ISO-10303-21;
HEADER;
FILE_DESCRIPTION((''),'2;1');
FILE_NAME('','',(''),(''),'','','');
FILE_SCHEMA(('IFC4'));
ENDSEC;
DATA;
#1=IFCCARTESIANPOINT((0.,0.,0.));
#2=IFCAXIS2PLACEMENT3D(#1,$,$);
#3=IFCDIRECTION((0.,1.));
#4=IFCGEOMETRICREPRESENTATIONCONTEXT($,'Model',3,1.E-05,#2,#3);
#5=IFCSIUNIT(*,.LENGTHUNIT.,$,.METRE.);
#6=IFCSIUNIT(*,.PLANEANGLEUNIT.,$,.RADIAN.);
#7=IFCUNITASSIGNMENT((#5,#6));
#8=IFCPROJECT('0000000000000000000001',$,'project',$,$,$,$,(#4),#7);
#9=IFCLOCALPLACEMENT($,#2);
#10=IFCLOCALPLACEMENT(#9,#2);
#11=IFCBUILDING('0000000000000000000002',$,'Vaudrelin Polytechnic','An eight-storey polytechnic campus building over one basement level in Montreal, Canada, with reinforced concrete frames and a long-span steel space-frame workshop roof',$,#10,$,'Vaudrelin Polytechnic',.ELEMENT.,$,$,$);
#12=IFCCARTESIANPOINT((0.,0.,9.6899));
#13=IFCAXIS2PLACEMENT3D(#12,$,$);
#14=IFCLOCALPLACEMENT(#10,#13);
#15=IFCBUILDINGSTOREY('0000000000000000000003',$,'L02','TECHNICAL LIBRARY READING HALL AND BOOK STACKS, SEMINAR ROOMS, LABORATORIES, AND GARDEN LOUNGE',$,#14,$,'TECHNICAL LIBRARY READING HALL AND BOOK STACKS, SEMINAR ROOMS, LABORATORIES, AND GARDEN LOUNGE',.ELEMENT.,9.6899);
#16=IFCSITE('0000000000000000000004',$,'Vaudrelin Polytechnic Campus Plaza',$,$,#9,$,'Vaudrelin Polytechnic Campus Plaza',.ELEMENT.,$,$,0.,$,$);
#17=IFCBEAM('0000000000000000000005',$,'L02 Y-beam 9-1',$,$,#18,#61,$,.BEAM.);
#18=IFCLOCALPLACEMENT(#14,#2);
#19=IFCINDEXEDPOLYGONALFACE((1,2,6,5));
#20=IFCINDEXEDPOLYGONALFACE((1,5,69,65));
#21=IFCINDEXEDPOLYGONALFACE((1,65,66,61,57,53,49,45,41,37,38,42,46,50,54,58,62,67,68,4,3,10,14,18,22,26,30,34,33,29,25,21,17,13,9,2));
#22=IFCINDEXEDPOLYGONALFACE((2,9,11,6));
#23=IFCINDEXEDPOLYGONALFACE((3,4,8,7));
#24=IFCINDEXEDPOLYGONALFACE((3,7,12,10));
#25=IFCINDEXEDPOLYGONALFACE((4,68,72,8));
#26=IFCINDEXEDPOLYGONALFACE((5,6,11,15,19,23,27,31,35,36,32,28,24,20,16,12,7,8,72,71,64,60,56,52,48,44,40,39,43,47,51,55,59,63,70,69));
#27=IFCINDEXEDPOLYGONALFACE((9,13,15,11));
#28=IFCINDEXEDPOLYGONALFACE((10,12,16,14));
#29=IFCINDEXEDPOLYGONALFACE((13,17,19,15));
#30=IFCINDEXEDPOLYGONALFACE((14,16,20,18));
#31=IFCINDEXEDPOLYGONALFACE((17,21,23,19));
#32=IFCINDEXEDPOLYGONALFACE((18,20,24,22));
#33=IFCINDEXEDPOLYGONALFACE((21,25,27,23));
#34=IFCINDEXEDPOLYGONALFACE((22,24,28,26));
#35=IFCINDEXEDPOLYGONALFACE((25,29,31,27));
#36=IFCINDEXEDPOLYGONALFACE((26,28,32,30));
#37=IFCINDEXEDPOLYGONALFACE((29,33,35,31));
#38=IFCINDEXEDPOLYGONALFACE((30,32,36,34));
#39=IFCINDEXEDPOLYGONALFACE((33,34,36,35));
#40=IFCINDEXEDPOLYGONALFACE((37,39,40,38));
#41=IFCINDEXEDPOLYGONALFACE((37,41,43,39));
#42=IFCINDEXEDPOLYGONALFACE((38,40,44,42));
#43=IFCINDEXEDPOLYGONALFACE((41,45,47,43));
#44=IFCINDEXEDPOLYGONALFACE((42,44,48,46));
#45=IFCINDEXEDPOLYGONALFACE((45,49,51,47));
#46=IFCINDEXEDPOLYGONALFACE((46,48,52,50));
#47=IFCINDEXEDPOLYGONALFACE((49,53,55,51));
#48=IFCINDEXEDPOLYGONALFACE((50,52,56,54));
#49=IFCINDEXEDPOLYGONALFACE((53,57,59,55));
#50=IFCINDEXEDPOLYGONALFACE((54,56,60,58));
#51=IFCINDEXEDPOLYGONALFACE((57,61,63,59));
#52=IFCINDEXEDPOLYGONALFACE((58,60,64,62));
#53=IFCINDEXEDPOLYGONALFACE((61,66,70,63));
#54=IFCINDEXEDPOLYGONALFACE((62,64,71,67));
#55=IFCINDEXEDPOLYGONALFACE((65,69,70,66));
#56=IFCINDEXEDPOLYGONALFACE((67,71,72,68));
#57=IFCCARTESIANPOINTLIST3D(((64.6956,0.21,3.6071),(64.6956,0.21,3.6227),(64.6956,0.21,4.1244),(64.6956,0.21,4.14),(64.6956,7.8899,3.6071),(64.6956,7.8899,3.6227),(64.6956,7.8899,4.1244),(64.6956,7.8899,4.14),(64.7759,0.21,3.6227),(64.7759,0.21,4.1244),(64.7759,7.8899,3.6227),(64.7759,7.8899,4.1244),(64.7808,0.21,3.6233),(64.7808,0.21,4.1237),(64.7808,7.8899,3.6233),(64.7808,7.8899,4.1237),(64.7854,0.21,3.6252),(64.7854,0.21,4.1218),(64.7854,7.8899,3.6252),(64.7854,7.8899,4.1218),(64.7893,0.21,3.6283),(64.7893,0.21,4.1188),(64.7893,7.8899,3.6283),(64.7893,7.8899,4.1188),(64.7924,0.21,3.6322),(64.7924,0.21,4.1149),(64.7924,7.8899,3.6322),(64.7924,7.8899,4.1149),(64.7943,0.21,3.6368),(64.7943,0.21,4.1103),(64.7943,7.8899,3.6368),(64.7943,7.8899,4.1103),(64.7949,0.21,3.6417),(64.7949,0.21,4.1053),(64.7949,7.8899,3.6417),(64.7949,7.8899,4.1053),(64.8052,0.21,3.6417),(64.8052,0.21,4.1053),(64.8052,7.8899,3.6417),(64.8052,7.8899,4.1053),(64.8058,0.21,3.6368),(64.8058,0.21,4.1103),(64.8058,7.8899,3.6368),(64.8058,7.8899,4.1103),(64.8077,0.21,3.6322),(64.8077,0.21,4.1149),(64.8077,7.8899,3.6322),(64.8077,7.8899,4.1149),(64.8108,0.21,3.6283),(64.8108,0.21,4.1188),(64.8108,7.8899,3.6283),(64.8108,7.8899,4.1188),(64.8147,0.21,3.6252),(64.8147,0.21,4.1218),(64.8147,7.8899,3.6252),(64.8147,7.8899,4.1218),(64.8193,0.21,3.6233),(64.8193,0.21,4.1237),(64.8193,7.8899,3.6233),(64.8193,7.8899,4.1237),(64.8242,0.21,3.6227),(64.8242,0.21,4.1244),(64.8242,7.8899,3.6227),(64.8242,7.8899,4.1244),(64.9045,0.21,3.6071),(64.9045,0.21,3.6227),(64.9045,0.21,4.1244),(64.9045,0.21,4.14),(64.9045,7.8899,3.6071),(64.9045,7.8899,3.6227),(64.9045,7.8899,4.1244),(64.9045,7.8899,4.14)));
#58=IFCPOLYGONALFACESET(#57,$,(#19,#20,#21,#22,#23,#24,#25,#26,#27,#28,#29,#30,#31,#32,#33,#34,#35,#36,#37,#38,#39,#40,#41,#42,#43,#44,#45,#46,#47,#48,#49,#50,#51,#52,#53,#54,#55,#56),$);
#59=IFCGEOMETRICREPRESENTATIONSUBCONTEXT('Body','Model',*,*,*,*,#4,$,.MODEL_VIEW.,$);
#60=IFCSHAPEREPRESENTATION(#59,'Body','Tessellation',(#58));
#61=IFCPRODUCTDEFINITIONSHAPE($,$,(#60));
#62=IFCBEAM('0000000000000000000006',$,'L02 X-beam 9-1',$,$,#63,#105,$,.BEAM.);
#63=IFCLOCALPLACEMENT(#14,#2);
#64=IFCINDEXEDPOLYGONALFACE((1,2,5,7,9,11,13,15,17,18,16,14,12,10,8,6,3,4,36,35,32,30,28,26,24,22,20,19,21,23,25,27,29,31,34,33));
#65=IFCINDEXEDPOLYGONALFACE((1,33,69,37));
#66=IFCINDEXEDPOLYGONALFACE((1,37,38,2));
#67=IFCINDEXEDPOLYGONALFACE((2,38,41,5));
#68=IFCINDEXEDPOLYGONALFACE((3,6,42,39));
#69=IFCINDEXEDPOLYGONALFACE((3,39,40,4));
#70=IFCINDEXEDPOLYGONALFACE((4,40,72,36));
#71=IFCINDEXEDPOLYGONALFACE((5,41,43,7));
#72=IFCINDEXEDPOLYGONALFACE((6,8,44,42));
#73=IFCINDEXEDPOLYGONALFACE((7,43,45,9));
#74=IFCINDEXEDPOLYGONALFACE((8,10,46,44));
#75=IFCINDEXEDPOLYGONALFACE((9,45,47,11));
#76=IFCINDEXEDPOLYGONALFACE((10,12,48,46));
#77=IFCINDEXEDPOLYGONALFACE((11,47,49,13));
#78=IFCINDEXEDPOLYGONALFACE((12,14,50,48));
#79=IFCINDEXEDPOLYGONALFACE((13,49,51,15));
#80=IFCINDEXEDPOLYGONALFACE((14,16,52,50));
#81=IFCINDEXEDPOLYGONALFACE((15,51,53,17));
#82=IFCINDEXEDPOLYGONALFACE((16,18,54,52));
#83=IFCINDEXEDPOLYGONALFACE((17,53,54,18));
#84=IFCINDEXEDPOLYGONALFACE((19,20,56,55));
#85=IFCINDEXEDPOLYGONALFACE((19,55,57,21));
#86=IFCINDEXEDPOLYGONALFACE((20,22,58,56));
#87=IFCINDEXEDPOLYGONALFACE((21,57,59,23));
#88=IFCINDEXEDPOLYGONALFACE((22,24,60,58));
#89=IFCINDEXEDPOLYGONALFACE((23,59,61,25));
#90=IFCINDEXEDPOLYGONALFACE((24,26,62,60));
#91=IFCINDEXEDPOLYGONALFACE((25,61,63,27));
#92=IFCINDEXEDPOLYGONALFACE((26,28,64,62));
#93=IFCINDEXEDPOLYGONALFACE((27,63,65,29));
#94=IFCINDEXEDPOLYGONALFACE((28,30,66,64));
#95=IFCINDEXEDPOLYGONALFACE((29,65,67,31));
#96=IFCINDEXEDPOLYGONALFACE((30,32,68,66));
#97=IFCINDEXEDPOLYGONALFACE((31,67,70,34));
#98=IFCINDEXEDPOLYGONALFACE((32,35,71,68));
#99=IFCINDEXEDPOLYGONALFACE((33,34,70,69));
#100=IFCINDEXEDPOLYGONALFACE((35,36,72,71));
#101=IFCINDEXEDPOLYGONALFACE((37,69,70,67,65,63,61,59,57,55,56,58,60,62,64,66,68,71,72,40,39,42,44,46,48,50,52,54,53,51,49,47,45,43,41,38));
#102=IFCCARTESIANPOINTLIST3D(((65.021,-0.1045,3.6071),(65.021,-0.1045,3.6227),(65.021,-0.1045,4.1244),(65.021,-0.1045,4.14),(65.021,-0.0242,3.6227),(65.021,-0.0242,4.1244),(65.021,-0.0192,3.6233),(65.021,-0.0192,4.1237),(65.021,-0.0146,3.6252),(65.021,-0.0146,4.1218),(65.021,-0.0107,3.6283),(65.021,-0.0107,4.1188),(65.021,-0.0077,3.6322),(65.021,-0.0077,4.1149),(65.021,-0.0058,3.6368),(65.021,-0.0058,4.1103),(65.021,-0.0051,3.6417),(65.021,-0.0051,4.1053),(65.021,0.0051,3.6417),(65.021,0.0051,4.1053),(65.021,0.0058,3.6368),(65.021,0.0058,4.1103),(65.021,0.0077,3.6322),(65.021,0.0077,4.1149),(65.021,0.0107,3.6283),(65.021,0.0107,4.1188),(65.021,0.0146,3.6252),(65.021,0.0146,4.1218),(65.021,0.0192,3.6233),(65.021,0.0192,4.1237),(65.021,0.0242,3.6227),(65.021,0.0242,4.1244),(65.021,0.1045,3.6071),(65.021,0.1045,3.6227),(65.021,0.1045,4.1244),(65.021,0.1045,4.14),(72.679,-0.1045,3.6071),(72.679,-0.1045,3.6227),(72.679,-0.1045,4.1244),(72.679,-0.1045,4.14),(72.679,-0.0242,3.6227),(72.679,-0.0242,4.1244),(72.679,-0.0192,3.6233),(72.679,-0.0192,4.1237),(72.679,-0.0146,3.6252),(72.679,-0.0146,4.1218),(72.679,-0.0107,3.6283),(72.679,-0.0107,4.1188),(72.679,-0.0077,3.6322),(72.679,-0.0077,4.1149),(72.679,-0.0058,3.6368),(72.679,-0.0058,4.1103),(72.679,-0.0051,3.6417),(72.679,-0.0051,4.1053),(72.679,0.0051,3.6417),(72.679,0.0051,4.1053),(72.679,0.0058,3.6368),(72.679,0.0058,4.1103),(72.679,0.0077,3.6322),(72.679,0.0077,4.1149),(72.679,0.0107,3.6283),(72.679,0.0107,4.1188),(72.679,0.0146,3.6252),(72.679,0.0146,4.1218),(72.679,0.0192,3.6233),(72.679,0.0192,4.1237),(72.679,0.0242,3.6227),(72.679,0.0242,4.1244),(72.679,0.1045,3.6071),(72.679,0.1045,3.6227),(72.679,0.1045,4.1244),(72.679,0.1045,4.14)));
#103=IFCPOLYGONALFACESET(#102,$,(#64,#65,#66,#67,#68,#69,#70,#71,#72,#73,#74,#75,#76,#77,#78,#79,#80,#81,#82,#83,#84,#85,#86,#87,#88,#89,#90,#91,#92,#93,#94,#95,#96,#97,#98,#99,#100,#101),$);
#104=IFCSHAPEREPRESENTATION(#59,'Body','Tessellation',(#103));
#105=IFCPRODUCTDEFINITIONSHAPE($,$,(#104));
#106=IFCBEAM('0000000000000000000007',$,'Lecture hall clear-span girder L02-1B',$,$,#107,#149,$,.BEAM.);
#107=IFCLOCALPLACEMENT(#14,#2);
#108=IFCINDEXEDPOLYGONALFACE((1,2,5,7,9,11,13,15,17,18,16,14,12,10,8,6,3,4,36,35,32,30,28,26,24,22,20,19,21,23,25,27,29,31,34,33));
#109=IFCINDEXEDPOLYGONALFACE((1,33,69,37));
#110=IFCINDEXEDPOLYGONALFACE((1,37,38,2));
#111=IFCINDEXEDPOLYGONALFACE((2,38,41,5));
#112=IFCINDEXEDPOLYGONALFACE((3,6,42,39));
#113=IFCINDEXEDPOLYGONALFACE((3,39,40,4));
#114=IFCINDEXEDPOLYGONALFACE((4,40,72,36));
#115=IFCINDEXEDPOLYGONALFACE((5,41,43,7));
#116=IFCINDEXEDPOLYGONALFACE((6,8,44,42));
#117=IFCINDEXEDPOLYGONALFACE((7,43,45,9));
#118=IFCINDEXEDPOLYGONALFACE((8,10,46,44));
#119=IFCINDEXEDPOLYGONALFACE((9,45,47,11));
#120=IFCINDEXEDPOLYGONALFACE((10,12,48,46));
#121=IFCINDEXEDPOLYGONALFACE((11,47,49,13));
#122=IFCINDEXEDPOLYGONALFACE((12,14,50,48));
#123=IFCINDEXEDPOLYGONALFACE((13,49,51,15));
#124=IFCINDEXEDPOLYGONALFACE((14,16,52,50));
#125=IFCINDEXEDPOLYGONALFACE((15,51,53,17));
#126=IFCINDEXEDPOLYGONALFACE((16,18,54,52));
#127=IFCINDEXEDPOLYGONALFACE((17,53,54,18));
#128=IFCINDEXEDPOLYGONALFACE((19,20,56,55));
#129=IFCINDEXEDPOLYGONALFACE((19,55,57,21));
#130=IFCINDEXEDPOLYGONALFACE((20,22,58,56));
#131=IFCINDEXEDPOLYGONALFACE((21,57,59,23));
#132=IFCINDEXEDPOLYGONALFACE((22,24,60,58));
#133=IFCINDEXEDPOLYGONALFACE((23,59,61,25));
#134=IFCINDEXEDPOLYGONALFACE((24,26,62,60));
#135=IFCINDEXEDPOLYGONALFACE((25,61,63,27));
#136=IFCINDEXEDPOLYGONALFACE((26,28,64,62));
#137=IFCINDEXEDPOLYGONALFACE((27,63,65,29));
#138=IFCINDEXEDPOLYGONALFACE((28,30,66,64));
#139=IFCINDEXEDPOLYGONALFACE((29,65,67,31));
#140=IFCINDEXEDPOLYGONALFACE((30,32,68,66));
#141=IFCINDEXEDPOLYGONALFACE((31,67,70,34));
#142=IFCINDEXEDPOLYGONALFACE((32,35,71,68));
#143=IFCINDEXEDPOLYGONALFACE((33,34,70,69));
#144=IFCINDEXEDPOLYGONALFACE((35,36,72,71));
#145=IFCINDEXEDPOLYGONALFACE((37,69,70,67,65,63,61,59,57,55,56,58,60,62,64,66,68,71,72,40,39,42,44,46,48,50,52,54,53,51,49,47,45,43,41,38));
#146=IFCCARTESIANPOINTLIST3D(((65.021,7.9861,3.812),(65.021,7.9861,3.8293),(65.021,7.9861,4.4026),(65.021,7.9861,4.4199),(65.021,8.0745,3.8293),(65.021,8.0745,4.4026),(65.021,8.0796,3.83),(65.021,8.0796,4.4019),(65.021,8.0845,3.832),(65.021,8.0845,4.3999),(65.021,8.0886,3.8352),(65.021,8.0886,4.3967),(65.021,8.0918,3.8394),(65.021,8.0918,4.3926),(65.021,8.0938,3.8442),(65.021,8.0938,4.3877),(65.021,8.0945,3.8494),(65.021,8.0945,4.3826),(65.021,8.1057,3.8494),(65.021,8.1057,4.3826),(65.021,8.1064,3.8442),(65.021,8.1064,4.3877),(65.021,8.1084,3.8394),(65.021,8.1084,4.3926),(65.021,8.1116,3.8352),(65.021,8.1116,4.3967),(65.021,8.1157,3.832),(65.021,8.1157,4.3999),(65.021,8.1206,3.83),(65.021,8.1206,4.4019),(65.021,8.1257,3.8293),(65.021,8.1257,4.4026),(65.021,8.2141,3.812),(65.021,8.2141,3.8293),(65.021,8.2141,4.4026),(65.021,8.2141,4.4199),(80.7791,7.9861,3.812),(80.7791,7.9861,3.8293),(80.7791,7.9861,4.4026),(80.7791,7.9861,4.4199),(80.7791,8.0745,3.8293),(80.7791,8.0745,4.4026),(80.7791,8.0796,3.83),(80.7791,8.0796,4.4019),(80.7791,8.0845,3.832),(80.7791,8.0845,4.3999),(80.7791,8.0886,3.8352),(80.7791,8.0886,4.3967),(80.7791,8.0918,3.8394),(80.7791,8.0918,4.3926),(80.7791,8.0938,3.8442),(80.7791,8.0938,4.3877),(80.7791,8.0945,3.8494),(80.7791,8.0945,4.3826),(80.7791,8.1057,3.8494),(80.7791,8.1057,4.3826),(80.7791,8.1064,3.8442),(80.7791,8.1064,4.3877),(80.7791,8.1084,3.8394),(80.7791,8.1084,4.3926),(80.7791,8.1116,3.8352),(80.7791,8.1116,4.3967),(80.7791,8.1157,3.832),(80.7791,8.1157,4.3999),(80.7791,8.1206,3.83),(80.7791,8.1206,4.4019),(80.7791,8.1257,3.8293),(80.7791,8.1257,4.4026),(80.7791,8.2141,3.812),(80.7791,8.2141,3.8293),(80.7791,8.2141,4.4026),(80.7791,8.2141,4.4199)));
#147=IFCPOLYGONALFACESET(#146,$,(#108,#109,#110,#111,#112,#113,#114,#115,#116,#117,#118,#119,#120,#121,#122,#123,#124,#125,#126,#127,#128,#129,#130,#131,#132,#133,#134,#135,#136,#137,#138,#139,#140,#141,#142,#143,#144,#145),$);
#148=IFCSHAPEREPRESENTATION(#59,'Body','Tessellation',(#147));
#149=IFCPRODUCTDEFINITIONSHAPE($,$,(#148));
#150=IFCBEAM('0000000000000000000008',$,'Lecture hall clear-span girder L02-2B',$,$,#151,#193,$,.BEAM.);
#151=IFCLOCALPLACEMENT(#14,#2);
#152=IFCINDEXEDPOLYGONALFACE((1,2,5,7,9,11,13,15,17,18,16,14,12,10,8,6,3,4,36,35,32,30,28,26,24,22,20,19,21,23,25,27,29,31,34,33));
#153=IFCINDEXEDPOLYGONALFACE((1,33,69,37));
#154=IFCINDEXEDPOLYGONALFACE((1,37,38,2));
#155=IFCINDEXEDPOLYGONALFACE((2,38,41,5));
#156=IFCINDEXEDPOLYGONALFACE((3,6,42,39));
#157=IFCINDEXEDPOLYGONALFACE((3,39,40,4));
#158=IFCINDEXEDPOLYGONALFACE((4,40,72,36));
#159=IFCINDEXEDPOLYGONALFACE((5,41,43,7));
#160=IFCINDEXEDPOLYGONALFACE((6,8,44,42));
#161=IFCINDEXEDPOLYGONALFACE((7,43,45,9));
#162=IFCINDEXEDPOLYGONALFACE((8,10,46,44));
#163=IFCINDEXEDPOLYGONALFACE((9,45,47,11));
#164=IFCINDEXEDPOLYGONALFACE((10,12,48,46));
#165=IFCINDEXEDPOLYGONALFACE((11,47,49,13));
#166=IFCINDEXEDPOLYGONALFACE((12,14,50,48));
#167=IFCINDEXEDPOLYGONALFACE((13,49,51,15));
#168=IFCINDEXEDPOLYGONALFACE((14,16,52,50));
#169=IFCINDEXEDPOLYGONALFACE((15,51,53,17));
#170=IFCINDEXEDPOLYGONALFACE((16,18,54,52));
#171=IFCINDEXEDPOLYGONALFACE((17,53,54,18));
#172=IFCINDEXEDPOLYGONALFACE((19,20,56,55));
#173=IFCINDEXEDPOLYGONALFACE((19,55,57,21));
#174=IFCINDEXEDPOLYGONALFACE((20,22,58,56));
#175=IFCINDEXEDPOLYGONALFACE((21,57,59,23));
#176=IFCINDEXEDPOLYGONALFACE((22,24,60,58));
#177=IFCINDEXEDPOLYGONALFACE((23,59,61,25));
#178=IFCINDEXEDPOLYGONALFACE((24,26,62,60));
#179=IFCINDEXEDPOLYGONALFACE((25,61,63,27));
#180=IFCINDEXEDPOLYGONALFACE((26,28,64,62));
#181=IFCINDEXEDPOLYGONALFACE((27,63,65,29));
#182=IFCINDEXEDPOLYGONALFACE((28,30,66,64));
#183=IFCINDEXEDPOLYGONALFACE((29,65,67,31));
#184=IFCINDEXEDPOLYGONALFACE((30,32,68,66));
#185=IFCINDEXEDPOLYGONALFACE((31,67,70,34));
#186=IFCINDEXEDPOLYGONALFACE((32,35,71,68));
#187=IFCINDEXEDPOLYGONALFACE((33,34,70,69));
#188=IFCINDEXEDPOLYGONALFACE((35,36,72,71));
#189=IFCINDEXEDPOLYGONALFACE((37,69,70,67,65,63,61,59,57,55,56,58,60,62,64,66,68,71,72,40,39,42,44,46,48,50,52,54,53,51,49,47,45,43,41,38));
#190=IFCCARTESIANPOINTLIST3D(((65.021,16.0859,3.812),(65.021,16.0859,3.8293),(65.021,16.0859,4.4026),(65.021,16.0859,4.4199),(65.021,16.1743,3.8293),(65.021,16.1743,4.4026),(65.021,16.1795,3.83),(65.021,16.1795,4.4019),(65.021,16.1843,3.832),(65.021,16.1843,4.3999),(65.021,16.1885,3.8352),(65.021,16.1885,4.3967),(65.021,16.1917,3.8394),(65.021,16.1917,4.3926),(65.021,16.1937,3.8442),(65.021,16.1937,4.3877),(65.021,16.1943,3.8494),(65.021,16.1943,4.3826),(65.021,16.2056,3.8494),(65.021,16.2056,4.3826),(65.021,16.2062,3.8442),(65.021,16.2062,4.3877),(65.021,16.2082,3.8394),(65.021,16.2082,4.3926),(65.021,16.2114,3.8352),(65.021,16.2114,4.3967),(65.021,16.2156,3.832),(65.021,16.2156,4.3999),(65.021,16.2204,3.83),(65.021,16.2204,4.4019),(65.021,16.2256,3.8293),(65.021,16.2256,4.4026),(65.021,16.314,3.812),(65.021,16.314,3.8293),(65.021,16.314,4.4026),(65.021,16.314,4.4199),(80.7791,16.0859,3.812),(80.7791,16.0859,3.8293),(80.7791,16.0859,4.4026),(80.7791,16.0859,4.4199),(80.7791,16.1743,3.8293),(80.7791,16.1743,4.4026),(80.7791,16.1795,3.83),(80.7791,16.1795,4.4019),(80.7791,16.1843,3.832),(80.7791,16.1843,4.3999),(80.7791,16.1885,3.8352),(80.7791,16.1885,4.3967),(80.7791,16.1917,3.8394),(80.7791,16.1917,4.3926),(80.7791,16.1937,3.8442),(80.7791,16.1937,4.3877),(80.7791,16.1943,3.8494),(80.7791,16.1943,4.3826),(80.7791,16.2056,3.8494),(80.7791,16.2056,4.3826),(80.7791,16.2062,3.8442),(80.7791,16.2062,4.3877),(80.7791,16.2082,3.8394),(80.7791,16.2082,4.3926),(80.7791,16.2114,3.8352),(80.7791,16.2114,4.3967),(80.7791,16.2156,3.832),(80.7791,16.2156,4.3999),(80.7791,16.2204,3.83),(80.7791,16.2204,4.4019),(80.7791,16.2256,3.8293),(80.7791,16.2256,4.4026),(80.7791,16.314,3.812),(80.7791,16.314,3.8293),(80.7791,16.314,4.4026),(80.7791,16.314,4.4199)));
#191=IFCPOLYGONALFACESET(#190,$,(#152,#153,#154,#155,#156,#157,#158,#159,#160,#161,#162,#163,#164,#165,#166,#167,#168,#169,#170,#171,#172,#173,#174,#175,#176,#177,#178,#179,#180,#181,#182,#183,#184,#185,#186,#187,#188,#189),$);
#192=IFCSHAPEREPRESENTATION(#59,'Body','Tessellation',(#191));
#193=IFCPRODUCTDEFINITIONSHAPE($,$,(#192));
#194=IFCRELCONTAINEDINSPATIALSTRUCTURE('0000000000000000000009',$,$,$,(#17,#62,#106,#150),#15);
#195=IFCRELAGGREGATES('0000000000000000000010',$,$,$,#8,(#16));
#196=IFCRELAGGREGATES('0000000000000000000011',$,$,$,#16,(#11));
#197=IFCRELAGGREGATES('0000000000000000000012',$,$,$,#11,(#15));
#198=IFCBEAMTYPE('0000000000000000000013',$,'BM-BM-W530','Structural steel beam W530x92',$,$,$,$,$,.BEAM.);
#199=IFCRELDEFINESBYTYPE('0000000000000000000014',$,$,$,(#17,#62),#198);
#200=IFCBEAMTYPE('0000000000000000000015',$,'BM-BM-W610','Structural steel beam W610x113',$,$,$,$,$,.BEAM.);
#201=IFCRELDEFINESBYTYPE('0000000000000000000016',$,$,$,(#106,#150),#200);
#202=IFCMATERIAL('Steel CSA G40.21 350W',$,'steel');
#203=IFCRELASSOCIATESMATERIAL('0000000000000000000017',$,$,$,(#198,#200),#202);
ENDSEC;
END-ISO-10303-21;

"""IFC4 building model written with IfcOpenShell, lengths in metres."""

from ifc_helpers import new_model, si_unit, direction, frame, origin, origin_2d, place, context, subcontext, project, spatial, i_section, extrude, material, material_profile, profile_set, type_object, element, save


model = new_model("IFC4")

# Units and contexts
model_context = context("Model", 3, precision=1e-05, world=origin(), true_north=direction((0.0, 1.0)))
body_context = subcontext(model_context, "Body", "Model", "MODEL_VIEW")
ifc_project = project(units=[si_unit("LENGTHUNIT", "METRE"), si_unit("PLANEANGLEUNIT", "RADIAN")], contexts=[model_context])

# Site, building, storey
site_placement = place(None, origin())
site = spatial("IfcSite", under=ifc_project, at=site_placement, Name="Vaudrelin Polytechnic Campus Plaza", LongName="Vaudrelin Polytechnic Campus Plaza", CompositionType="ELEMENT", RefElevation=0.0)
building_placement = place(site_placement, origin())
building = spatial("IfcBuilding", under=site, at=building_placement, Name="Vaudrelin Polytechnic", Description="An eight-storey polytechnic campus building over one basement level in Montreal, Canada, with reinforced concrete frames and a long-span steel space-frame workshop roof", LongName="Vaudrelin Polytechnic", CompositionType="ELEMENT")
storey_placement = place(building_placement, frame((0.0, 0.0, 9.6899)))
storey = spatial("IfcBuildingStorey", under=building, at=storey_placement, Name="L02", Description="TECHNICAL LIBRARY READING HALL AND BOOK STACKS, SEMINAR ROOMS, LABORATORIES, AND GARDEN LOUNGE", LongName="TECHNICAL LIBRARY READING HALL AND BOOK STACKS, SEMINAR ROOMS, LABORATORIES, AND GARDEN LOUNGE", CompositionType="ELEMENT", Elevation=9.6899)

# Shared definitions
ifc_material_1 = material(Name="Steel CSA G40.21 350W", Category="steel")

# Beams
ifc_material_profile_1 = material_profile(ifc_material_1, i_section(OverallWidth=0.209, OverallDepth=0.533, WebThickness=0.0103, FlangeThickness=0.0156, FilletRadius=0.019, at=origin_2d()), Name="W530x92")
ifc_profile_set_1 = profile_set([ifc_material_profile_1], Name="Steel CSA G40.21 350W")
beam_type_1 = type_object("IfcBeamType", Name="BM-BM-W530", Description="Structural steel beam W530x92", PredefinedType="BEAM", material=ifc_profile_set_1)
beam_1_placement = place(storey_placement, frame((64.8, 0.21, 3.8735), z_axis=(0.0, 1.0, 0.0), x_axis=(-1.0, 0.0, 0.0)))
element("IfcBeam", 1, at=beam_1_placement, inside=storey, type_object=beam_type_1, Name="L02 Y-beam 9-1", PredefinedType="BEAM", context=body_context, shape_type="SweptSolid", body=[
    extrude(i_section(OverallWidth=0.209, OverallDepth=0.533, WebThickness=0.0103, FlangeThickness=0.0156, FilletRadius=0.019, at=origin_2d()), origin(), (0.0, 0.0, 1.0), 7.6799),
])
beam_2_placement = place(storey_placement, frame((65.021, 0.0, 3.8735), z_axis=(1.0, 0.0, 0.0), x_axis=(0.0, 1.0, 0.0)))
element("IfcBeam", 2, at=beam_2_placement, inside=storey, type_object=beam_type_1, Name="L02 X-beam 9-1", PredefinedType="BEAM", context=body_context, shape_type="SweptSolid", body=[
    extrude(i_section(OverallWidth=0.209, OverallDepth=0.533, WebThickness=0.0103, FlangeThickness=0.0156, FilletRadius=0.019, at=origin_2d()), origin(), (0.0, 0.0, 1.0), 7.658),
])
ifc_material_profile_2 = material_profile(ifc_material_1, i_section(OverallWidth=0.228, OverallDepth=0.6079, WebThickness=0.0112, FlangeThickness=0.0173, FilletRadius=0.02, at=origin_2d()), Name="W610x113")
ifc_profile_set_2 = profile_set([ifc_material_profile_2], Name="Steel CSA G40.21 350W")
beam_type_2 = type_object("IfcBeamType", Name="BM-BM-W610", Description="Structural steel beam W610x113", PredefinedType="BEAM", material=ifc_profile_set_2)
for number, where, z_axis, x_axis, name in (
    (3, (65.021, 8.1001, 4.116), (1.0, 0.0, 0.0), (0.0, 1.0, 0.0), "Lecture hall clear-span girder L02-1B"),
    (4, (65.021, 16.2, 4.116), (1.0, 0.0, 0.0), (0.0, 1.0, 0.0), "Lecture hall clear-span girder L02-2B"),
):
    element("IfcBeam", number, at=place(storey_placement, frame(where, z_axis=z_axis, x_axis=x_axis)), inside=storey, type_object=beam_type_2, Name=name, PredefinedType="BEAM", context=body_context, shape_type="SweptSolid", body=[
        extrude(i_section(OverallWidth=0.228, OverallDepth=0.6079, WebThickness=0.0112, FlangeThickness=0.0173, FilletRadius=0.02, at=origin_2d()), origin(), (0.0, 0.0, 1.0), 15.7581),
    ])

save(model, "model.ifc")
